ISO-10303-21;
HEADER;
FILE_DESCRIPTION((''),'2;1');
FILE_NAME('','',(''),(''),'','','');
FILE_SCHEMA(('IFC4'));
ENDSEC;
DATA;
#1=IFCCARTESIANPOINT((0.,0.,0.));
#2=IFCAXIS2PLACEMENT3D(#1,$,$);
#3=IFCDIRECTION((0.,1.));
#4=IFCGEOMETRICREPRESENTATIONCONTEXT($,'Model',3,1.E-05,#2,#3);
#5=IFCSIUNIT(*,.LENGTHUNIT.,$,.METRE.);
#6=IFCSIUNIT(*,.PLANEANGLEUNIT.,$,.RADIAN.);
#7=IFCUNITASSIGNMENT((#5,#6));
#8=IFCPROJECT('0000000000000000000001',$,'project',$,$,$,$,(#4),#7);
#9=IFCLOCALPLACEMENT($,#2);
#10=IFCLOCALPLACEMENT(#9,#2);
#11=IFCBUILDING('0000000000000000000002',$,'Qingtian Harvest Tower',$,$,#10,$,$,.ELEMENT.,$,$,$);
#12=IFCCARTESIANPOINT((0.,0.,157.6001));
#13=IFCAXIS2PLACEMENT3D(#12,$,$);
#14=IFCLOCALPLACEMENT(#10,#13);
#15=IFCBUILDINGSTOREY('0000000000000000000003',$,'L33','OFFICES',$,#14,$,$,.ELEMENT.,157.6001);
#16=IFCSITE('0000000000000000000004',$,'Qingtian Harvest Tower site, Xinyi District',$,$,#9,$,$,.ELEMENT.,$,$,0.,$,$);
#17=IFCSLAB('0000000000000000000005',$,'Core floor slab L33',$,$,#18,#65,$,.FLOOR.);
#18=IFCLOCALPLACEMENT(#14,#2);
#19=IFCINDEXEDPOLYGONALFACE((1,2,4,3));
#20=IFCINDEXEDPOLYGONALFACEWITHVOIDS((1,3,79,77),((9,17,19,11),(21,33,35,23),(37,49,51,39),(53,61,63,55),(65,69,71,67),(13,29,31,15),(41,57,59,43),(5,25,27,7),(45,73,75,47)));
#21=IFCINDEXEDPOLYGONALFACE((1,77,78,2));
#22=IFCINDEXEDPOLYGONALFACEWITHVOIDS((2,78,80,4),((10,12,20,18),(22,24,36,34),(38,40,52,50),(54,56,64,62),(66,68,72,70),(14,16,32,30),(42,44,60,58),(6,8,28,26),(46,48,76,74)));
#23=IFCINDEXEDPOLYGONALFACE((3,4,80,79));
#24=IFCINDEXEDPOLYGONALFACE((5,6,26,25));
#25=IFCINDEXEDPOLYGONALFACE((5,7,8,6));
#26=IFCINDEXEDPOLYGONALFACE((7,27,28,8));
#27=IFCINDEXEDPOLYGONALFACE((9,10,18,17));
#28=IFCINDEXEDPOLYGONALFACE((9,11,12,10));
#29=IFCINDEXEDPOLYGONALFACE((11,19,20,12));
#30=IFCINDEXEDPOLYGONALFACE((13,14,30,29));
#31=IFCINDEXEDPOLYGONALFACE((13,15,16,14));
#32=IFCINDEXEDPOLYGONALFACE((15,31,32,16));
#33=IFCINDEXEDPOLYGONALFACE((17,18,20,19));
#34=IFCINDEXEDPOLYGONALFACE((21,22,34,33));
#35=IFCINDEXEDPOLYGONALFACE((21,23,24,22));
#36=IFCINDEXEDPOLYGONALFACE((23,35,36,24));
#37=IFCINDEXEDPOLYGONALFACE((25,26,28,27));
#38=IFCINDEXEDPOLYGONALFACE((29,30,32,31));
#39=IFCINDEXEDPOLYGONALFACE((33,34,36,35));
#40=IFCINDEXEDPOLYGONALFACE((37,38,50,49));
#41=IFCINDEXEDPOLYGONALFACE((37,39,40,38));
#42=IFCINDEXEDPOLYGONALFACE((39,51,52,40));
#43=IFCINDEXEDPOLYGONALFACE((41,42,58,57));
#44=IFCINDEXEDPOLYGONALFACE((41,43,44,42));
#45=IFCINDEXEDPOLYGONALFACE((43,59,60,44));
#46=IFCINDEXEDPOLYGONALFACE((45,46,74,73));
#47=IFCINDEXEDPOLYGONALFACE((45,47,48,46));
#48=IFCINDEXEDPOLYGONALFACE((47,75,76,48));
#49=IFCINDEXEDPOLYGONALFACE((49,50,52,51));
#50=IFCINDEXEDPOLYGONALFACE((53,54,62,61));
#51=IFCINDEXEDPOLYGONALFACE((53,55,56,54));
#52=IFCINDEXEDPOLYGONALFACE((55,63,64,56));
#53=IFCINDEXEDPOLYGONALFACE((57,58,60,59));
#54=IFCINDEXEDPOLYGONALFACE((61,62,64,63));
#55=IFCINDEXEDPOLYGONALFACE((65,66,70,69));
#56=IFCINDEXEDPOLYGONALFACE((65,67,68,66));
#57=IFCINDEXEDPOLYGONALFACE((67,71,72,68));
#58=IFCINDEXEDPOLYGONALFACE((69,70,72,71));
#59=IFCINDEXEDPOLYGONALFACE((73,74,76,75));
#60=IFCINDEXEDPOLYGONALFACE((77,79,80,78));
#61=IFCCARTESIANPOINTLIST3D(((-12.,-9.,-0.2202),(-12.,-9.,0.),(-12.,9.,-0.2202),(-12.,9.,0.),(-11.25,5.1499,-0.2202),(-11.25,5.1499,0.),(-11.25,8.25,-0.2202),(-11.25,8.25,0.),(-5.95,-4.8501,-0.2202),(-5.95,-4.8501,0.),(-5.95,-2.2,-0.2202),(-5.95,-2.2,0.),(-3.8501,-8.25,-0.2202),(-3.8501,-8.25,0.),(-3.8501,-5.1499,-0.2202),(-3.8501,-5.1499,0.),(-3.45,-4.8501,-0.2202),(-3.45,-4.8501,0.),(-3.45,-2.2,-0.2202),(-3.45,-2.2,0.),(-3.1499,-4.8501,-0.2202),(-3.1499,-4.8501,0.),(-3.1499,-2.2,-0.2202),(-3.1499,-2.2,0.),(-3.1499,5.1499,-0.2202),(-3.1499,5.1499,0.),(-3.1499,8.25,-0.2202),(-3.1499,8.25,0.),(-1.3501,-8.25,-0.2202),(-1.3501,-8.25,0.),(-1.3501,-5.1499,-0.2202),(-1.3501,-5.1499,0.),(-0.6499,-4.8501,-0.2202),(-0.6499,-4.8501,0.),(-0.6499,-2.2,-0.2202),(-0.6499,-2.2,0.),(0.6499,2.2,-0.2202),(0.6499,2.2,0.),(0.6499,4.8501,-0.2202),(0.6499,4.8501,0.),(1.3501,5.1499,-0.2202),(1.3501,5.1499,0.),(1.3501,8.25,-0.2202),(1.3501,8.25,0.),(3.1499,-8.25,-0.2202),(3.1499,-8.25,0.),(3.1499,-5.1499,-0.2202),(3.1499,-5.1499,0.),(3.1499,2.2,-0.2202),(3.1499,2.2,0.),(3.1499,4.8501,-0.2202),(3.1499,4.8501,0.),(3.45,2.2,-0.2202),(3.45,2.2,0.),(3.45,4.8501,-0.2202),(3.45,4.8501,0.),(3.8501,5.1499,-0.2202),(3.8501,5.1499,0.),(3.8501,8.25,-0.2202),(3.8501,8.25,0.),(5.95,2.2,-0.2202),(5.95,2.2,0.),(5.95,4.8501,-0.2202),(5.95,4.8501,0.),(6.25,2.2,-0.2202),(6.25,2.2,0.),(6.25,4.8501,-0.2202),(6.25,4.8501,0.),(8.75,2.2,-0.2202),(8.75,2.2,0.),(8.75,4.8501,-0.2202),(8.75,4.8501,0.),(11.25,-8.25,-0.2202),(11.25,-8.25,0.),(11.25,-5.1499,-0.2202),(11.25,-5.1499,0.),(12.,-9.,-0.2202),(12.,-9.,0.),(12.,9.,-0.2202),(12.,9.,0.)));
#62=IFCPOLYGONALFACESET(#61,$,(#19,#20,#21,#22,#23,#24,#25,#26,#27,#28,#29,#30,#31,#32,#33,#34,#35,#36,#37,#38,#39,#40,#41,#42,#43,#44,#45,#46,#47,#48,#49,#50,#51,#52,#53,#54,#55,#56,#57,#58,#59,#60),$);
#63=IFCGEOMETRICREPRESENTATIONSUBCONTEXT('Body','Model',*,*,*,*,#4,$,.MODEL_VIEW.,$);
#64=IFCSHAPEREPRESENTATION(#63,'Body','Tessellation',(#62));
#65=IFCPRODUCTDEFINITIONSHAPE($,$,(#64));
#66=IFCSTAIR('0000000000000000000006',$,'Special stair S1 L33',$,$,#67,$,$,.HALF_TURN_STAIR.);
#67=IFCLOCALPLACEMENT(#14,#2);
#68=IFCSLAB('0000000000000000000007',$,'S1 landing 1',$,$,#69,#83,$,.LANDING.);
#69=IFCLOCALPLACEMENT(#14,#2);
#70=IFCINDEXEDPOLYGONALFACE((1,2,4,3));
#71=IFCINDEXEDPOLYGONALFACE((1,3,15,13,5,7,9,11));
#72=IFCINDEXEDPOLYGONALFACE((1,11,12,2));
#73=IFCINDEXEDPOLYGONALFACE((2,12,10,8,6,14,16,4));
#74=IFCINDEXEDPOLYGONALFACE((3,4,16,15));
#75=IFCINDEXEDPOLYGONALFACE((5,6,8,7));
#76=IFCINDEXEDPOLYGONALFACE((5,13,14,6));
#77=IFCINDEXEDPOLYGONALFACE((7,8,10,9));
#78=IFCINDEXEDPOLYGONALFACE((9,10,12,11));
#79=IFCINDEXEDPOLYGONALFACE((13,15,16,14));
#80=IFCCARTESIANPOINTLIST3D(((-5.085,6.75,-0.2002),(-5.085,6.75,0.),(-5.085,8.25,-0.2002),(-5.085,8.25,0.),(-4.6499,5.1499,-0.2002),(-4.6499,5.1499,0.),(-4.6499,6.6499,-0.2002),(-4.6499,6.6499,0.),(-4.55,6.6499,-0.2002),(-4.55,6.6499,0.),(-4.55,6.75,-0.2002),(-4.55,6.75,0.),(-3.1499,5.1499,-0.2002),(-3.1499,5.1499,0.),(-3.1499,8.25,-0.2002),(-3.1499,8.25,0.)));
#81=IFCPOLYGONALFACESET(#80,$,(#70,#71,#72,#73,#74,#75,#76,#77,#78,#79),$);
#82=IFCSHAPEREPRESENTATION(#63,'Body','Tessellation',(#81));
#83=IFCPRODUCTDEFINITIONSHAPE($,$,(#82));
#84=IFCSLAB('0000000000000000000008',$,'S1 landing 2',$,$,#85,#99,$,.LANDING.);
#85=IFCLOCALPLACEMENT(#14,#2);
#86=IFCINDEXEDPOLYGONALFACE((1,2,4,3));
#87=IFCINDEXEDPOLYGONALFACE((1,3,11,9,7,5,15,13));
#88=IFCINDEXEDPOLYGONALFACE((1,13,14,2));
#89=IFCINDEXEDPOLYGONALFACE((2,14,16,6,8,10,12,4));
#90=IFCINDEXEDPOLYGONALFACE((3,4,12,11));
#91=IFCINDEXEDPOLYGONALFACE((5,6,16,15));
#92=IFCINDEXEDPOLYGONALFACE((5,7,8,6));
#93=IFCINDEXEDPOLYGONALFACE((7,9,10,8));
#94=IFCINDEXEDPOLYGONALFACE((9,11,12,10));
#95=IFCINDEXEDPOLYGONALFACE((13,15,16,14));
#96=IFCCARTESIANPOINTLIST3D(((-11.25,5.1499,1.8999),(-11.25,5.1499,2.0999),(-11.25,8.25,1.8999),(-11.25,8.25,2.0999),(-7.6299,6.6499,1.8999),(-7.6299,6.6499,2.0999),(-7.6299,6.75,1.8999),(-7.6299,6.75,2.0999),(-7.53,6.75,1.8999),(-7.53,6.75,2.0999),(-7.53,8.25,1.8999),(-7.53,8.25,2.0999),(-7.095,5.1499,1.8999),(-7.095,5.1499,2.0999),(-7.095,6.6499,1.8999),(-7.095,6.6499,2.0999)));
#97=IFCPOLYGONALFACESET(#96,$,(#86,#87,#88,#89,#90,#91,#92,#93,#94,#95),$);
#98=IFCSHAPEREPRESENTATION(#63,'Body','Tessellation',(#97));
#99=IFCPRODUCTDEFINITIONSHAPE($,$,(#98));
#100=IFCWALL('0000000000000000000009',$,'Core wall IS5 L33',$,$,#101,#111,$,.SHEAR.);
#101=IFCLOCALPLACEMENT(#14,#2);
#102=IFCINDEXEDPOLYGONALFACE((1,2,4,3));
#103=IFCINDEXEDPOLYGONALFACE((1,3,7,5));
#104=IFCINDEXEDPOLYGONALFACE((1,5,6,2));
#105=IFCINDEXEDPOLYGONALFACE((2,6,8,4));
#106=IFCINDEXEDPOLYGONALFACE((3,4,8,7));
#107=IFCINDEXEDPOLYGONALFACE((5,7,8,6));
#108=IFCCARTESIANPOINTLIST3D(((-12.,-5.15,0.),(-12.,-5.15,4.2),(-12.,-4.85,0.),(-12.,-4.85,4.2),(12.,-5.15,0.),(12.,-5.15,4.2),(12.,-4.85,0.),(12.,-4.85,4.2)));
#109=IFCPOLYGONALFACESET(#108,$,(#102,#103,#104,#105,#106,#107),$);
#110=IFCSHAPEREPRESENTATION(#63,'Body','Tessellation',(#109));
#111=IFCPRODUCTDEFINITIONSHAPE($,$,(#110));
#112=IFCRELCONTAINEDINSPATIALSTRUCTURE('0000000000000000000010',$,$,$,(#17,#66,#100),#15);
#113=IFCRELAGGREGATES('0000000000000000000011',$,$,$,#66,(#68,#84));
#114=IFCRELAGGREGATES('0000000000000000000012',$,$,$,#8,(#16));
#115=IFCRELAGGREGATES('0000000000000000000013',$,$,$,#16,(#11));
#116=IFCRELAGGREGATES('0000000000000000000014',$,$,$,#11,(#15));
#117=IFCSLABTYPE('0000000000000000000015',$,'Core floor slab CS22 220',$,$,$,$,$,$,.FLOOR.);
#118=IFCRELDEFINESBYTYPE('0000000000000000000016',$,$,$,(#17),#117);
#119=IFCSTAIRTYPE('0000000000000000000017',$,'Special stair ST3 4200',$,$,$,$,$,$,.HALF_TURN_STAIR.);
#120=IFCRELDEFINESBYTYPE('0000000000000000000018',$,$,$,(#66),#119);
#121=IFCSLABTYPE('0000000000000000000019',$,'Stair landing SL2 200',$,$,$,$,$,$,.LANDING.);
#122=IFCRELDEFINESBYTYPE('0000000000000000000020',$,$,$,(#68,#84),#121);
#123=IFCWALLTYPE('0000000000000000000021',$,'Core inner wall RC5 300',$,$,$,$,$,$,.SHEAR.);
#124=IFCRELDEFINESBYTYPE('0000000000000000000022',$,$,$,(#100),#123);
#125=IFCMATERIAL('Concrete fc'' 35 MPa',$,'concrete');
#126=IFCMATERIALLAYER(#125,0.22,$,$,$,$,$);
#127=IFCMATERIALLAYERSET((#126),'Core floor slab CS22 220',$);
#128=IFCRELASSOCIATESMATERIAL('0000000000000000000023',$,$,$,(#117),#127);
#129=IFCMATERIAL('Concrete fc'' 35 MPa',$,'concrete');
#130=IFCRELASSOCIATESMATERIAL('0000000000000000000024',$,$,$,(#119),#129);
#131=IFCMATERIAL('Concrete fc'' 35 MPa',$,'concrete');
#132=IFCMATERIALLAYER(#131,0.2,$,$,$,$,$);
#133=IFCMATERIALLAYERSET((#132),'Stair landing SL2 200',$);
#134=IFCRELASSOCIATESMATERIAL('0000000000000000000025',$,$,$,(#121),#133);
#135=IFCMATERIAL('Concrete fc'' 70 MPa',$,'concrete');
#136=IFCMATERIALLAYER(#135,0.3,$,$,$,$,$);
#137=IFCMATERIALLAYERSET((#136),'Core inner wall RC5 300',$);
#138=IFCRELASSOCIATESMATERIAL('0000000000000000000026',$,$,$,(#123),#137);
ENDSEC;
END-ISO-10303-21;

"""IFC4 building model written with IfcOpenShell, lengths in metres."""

from ifc_helpers import new_model, si_unit, direction, frame, frame_2d, origin, place, context, subcontext, project, spatial, polyline, rectangle, outline, extrude, material, layer, layer_set, type_object, element, aggregate, save


model = new_model("IFC4")

# Units and contexts
model_context = context("Model", 3, precision=1e-05, world=origin(), true_north=direction((0.0, 1.0)))
body_context = subcontext(model_context, "Body", "Model", "MODEL_VIEW")
ifc_project = project(units=[si_unit("LENGTHUNIT", "METRE"), si_unit("PLANEANGLEUNIT", "RADIAN")], contexts=[model_context])

# Site, building, storey
site_placement = place(None, origin())
site = spatial("IfcSite", under=ifc_project, at=site_placement, Name="Qingtian Harvest Tower site, Xinyi District", CompositionType="ELEMENT", RefElevation=0.0)
building_placement = place(site_placement, origin())
building = spatial("IfcBuilding", under=site, at=building_placement, Name="Qingtian Harvest Tower", CompositionType="ELEMENT")
storey_placement = place(building_placement, frame((0.0, 0.0, 157.6001)))
storey = spatial("IfcBuildingStorey", under=building, at=storey_placement, Name="L33", Description="OFFICES", CompositionType="ELEMENT", Elevation=157.6001)

# Slab
ifc_material_1 = material(Name="Concrete fc' 35 MPa", Category="concrete")
ifc_layer_1 = layer(ifc_material_1, 0.22)
ifc_layer_set_1 = layer_set([ifc_layer_1], Name="Core floor slab CS22 220")
slab_type_1 = type_object("IfcSlabType", Name="Core floor slab CS22 220", PredefinedType="FLOOR", material=ifc_layer_set_1)
slab_1_placement = place(storey_placement, frame((0.0, 0.0, -0.2202)))
element("IfcSlab", 1, at=slab_1_placement, inside=storey, type_object=slab_type_1, Name="Core floor slab L33", PredefinedType="FLOOR", context=body_context, shape_type="SweptSolid", body=[
    extrude(outline(polyline([(-12.0, -9.0), (12.0, -9.0), (12.0, 9.0), (-12.0, 9.0), (-12.0, -9.0)]), holes=[polyline([(-11.25, 5.1499), (-3.1499, 5.1499), (-3.1499, 8.25), (-11.25, 8.25), (-11.25, 5.1499)]), polyline([(3.1499, -8.25), (11.25, -8.25), (11.25, -5.1499), (3.1499, -5.1499), (3.1499, -8.25)]), polyline([(1.3501, 5.1499), (3.8501, 5.1499), (3.8501, 8.25), (1.3501, 8.25), (1.3501, 5.1499)]), polyline([(-3.8501, -8.25), (-1.3501, -8.25), (-1.3501, -5.1499), (-3.8501, -5.1499), (-3.8501, -8.25)]), polyline([(0.6499, 2.2), (3.1499, 2.2), (3.1499, 4.8501), (0.6499, 4.8501), (0.6499, 2.2)]), polyline([(3.45, 2.2), (5.95, 2.2), (5.95, 4.8501), (3.45, 4.8501), (3.45, 2.2)]), polyline([(6.25, 2.2), (8.75, 2.2), (8.75, 4.8501), (6.25, 4.8501), (6.25, 2.2)]), polyline([(-5.95, -4.8501), (-3.45, -4.8501), (-3.45, -2.2), (-5.95, -2.2), (-5.95, -4.8501)]), polyline([(-3.1499, -4.8501), (-0.6499, -4.8501), (-0.6499, -2.2), (-3.1499, -2.2), (-3.1499, -4.8501)])]), origin(), (0.0, 0.0, 1.0), 0.2202),
])

# Stair, slabs
ifc_material_2 = material(Name="Concrete fc' 35 MPa", Category="concrete")
stair_type = type_object("IfcStairType", Name="Special stair ST3 4200", PredefinedType="HALF_TURN_STAIR", material=ifc_material_2)
stair_placement = place(storey_placement, origin())
stair = element("IfcStair", 2, at=stair_placement, inside=storey, type_object=stair_type, Name="Special stair S1 L33", PredefinedType="HALF_TURN_STAIR")
ifc_material_3 = material(Name="Concrete fc' 35 MPa", Category="concrete")
ifc_layer_2 = layer(ifc_material_3, 0.2)
ifc_layer_set_2 = layer_set([ifc_layer_2], Name="Stair landing SL2 200")
slab_type_2 = type_object("IfcSlabType", Name="Stair landing SL2 200", PredefinedType="LANDING", material=ifc_layer_set_2)
slab_2_placement = place(storey_placement, frame((0.0, 0.0, -0.2002)))
slab_2 = element("IfcSlab", 3, at=slab_2_placement, type_object=slab_type_2, Name="S1 landing 1", PredefinedType="LANDING", context=body_context, shape_type="SweptSolid", body=[
    extrude(outline(polyline([(-4.6499, 5.1499), (-4.6499, 6.6499), (-4.55, 6.6499), (-4.55, 6.75), (-5.085, 6.75), (-5.085, 8.25), (-3.1499, 8.25), (-3.1499, 5.1499), (-4.6499, 5.1499)])), origin(), (0.0, 0.0, 1.0), 0.2002),
])
slab_3_placement = place(storey_placement, frame((0.0, 0.0, 1.8999)))
slab_3 = element("IfcSlab", 4, at=slab_3_placement, type_object=slab_type_2, Name="S1 landing 2", PredefinedType="LANDING", context=body_context, shape_type="SweptSolid", body=[
    extrude(outline(polyline([(-7.095, 5.1499), (-11.25, 5.1499), (-11.25, 8.25), (-7.53, 8.25), (-7.53, 6.75), (-7.6299, 6.75), (-7.6299, 6.6499), (-7.095, 6.6499), (-7.095, 5.1499)])), origin(), (0.0, 0.0, 1.0), 0.2),
])
aggregate(stair, [slab_2, slab_3])

# Wall
ifc_material_4 = material(Name="Concrete fc' 70 MPa", Category="concrete")
ifc_layer_3 = layer(ifc_material_4, 0.3)
ifc_layer_set_3 = layer_set([ifc_layer_3], Name="Core inner wall RC5 300")
wall_type_1 = type_object("IfcWallType", Name="Core inner wall RC5 300", PredefinedType="SHEAR", material=ifc_layer_set_3)
wall_1_placement = place(storey_placement, frame((-12.0, -5.0, 0.0), z_axis=(0.0, 0.0, 1.0), x_axis=(1.0, 0.0, 0.0)))
element("IfcWall", 5, at=wall_1_placement, inside=storey, type_object=wall_type_1, Name="Core wall IS5 L33", PredefinedType="SHEAR", context=body_context, shape_type="SweptSolid", body=[
    extrude(rectangle(XDim=24.0, YDim=0.3, at=frame_2d((12.0, 0.0))), origin(), (0.0, 0.0, 1.0), 4.2),
])

save(model, "model.ifc")
